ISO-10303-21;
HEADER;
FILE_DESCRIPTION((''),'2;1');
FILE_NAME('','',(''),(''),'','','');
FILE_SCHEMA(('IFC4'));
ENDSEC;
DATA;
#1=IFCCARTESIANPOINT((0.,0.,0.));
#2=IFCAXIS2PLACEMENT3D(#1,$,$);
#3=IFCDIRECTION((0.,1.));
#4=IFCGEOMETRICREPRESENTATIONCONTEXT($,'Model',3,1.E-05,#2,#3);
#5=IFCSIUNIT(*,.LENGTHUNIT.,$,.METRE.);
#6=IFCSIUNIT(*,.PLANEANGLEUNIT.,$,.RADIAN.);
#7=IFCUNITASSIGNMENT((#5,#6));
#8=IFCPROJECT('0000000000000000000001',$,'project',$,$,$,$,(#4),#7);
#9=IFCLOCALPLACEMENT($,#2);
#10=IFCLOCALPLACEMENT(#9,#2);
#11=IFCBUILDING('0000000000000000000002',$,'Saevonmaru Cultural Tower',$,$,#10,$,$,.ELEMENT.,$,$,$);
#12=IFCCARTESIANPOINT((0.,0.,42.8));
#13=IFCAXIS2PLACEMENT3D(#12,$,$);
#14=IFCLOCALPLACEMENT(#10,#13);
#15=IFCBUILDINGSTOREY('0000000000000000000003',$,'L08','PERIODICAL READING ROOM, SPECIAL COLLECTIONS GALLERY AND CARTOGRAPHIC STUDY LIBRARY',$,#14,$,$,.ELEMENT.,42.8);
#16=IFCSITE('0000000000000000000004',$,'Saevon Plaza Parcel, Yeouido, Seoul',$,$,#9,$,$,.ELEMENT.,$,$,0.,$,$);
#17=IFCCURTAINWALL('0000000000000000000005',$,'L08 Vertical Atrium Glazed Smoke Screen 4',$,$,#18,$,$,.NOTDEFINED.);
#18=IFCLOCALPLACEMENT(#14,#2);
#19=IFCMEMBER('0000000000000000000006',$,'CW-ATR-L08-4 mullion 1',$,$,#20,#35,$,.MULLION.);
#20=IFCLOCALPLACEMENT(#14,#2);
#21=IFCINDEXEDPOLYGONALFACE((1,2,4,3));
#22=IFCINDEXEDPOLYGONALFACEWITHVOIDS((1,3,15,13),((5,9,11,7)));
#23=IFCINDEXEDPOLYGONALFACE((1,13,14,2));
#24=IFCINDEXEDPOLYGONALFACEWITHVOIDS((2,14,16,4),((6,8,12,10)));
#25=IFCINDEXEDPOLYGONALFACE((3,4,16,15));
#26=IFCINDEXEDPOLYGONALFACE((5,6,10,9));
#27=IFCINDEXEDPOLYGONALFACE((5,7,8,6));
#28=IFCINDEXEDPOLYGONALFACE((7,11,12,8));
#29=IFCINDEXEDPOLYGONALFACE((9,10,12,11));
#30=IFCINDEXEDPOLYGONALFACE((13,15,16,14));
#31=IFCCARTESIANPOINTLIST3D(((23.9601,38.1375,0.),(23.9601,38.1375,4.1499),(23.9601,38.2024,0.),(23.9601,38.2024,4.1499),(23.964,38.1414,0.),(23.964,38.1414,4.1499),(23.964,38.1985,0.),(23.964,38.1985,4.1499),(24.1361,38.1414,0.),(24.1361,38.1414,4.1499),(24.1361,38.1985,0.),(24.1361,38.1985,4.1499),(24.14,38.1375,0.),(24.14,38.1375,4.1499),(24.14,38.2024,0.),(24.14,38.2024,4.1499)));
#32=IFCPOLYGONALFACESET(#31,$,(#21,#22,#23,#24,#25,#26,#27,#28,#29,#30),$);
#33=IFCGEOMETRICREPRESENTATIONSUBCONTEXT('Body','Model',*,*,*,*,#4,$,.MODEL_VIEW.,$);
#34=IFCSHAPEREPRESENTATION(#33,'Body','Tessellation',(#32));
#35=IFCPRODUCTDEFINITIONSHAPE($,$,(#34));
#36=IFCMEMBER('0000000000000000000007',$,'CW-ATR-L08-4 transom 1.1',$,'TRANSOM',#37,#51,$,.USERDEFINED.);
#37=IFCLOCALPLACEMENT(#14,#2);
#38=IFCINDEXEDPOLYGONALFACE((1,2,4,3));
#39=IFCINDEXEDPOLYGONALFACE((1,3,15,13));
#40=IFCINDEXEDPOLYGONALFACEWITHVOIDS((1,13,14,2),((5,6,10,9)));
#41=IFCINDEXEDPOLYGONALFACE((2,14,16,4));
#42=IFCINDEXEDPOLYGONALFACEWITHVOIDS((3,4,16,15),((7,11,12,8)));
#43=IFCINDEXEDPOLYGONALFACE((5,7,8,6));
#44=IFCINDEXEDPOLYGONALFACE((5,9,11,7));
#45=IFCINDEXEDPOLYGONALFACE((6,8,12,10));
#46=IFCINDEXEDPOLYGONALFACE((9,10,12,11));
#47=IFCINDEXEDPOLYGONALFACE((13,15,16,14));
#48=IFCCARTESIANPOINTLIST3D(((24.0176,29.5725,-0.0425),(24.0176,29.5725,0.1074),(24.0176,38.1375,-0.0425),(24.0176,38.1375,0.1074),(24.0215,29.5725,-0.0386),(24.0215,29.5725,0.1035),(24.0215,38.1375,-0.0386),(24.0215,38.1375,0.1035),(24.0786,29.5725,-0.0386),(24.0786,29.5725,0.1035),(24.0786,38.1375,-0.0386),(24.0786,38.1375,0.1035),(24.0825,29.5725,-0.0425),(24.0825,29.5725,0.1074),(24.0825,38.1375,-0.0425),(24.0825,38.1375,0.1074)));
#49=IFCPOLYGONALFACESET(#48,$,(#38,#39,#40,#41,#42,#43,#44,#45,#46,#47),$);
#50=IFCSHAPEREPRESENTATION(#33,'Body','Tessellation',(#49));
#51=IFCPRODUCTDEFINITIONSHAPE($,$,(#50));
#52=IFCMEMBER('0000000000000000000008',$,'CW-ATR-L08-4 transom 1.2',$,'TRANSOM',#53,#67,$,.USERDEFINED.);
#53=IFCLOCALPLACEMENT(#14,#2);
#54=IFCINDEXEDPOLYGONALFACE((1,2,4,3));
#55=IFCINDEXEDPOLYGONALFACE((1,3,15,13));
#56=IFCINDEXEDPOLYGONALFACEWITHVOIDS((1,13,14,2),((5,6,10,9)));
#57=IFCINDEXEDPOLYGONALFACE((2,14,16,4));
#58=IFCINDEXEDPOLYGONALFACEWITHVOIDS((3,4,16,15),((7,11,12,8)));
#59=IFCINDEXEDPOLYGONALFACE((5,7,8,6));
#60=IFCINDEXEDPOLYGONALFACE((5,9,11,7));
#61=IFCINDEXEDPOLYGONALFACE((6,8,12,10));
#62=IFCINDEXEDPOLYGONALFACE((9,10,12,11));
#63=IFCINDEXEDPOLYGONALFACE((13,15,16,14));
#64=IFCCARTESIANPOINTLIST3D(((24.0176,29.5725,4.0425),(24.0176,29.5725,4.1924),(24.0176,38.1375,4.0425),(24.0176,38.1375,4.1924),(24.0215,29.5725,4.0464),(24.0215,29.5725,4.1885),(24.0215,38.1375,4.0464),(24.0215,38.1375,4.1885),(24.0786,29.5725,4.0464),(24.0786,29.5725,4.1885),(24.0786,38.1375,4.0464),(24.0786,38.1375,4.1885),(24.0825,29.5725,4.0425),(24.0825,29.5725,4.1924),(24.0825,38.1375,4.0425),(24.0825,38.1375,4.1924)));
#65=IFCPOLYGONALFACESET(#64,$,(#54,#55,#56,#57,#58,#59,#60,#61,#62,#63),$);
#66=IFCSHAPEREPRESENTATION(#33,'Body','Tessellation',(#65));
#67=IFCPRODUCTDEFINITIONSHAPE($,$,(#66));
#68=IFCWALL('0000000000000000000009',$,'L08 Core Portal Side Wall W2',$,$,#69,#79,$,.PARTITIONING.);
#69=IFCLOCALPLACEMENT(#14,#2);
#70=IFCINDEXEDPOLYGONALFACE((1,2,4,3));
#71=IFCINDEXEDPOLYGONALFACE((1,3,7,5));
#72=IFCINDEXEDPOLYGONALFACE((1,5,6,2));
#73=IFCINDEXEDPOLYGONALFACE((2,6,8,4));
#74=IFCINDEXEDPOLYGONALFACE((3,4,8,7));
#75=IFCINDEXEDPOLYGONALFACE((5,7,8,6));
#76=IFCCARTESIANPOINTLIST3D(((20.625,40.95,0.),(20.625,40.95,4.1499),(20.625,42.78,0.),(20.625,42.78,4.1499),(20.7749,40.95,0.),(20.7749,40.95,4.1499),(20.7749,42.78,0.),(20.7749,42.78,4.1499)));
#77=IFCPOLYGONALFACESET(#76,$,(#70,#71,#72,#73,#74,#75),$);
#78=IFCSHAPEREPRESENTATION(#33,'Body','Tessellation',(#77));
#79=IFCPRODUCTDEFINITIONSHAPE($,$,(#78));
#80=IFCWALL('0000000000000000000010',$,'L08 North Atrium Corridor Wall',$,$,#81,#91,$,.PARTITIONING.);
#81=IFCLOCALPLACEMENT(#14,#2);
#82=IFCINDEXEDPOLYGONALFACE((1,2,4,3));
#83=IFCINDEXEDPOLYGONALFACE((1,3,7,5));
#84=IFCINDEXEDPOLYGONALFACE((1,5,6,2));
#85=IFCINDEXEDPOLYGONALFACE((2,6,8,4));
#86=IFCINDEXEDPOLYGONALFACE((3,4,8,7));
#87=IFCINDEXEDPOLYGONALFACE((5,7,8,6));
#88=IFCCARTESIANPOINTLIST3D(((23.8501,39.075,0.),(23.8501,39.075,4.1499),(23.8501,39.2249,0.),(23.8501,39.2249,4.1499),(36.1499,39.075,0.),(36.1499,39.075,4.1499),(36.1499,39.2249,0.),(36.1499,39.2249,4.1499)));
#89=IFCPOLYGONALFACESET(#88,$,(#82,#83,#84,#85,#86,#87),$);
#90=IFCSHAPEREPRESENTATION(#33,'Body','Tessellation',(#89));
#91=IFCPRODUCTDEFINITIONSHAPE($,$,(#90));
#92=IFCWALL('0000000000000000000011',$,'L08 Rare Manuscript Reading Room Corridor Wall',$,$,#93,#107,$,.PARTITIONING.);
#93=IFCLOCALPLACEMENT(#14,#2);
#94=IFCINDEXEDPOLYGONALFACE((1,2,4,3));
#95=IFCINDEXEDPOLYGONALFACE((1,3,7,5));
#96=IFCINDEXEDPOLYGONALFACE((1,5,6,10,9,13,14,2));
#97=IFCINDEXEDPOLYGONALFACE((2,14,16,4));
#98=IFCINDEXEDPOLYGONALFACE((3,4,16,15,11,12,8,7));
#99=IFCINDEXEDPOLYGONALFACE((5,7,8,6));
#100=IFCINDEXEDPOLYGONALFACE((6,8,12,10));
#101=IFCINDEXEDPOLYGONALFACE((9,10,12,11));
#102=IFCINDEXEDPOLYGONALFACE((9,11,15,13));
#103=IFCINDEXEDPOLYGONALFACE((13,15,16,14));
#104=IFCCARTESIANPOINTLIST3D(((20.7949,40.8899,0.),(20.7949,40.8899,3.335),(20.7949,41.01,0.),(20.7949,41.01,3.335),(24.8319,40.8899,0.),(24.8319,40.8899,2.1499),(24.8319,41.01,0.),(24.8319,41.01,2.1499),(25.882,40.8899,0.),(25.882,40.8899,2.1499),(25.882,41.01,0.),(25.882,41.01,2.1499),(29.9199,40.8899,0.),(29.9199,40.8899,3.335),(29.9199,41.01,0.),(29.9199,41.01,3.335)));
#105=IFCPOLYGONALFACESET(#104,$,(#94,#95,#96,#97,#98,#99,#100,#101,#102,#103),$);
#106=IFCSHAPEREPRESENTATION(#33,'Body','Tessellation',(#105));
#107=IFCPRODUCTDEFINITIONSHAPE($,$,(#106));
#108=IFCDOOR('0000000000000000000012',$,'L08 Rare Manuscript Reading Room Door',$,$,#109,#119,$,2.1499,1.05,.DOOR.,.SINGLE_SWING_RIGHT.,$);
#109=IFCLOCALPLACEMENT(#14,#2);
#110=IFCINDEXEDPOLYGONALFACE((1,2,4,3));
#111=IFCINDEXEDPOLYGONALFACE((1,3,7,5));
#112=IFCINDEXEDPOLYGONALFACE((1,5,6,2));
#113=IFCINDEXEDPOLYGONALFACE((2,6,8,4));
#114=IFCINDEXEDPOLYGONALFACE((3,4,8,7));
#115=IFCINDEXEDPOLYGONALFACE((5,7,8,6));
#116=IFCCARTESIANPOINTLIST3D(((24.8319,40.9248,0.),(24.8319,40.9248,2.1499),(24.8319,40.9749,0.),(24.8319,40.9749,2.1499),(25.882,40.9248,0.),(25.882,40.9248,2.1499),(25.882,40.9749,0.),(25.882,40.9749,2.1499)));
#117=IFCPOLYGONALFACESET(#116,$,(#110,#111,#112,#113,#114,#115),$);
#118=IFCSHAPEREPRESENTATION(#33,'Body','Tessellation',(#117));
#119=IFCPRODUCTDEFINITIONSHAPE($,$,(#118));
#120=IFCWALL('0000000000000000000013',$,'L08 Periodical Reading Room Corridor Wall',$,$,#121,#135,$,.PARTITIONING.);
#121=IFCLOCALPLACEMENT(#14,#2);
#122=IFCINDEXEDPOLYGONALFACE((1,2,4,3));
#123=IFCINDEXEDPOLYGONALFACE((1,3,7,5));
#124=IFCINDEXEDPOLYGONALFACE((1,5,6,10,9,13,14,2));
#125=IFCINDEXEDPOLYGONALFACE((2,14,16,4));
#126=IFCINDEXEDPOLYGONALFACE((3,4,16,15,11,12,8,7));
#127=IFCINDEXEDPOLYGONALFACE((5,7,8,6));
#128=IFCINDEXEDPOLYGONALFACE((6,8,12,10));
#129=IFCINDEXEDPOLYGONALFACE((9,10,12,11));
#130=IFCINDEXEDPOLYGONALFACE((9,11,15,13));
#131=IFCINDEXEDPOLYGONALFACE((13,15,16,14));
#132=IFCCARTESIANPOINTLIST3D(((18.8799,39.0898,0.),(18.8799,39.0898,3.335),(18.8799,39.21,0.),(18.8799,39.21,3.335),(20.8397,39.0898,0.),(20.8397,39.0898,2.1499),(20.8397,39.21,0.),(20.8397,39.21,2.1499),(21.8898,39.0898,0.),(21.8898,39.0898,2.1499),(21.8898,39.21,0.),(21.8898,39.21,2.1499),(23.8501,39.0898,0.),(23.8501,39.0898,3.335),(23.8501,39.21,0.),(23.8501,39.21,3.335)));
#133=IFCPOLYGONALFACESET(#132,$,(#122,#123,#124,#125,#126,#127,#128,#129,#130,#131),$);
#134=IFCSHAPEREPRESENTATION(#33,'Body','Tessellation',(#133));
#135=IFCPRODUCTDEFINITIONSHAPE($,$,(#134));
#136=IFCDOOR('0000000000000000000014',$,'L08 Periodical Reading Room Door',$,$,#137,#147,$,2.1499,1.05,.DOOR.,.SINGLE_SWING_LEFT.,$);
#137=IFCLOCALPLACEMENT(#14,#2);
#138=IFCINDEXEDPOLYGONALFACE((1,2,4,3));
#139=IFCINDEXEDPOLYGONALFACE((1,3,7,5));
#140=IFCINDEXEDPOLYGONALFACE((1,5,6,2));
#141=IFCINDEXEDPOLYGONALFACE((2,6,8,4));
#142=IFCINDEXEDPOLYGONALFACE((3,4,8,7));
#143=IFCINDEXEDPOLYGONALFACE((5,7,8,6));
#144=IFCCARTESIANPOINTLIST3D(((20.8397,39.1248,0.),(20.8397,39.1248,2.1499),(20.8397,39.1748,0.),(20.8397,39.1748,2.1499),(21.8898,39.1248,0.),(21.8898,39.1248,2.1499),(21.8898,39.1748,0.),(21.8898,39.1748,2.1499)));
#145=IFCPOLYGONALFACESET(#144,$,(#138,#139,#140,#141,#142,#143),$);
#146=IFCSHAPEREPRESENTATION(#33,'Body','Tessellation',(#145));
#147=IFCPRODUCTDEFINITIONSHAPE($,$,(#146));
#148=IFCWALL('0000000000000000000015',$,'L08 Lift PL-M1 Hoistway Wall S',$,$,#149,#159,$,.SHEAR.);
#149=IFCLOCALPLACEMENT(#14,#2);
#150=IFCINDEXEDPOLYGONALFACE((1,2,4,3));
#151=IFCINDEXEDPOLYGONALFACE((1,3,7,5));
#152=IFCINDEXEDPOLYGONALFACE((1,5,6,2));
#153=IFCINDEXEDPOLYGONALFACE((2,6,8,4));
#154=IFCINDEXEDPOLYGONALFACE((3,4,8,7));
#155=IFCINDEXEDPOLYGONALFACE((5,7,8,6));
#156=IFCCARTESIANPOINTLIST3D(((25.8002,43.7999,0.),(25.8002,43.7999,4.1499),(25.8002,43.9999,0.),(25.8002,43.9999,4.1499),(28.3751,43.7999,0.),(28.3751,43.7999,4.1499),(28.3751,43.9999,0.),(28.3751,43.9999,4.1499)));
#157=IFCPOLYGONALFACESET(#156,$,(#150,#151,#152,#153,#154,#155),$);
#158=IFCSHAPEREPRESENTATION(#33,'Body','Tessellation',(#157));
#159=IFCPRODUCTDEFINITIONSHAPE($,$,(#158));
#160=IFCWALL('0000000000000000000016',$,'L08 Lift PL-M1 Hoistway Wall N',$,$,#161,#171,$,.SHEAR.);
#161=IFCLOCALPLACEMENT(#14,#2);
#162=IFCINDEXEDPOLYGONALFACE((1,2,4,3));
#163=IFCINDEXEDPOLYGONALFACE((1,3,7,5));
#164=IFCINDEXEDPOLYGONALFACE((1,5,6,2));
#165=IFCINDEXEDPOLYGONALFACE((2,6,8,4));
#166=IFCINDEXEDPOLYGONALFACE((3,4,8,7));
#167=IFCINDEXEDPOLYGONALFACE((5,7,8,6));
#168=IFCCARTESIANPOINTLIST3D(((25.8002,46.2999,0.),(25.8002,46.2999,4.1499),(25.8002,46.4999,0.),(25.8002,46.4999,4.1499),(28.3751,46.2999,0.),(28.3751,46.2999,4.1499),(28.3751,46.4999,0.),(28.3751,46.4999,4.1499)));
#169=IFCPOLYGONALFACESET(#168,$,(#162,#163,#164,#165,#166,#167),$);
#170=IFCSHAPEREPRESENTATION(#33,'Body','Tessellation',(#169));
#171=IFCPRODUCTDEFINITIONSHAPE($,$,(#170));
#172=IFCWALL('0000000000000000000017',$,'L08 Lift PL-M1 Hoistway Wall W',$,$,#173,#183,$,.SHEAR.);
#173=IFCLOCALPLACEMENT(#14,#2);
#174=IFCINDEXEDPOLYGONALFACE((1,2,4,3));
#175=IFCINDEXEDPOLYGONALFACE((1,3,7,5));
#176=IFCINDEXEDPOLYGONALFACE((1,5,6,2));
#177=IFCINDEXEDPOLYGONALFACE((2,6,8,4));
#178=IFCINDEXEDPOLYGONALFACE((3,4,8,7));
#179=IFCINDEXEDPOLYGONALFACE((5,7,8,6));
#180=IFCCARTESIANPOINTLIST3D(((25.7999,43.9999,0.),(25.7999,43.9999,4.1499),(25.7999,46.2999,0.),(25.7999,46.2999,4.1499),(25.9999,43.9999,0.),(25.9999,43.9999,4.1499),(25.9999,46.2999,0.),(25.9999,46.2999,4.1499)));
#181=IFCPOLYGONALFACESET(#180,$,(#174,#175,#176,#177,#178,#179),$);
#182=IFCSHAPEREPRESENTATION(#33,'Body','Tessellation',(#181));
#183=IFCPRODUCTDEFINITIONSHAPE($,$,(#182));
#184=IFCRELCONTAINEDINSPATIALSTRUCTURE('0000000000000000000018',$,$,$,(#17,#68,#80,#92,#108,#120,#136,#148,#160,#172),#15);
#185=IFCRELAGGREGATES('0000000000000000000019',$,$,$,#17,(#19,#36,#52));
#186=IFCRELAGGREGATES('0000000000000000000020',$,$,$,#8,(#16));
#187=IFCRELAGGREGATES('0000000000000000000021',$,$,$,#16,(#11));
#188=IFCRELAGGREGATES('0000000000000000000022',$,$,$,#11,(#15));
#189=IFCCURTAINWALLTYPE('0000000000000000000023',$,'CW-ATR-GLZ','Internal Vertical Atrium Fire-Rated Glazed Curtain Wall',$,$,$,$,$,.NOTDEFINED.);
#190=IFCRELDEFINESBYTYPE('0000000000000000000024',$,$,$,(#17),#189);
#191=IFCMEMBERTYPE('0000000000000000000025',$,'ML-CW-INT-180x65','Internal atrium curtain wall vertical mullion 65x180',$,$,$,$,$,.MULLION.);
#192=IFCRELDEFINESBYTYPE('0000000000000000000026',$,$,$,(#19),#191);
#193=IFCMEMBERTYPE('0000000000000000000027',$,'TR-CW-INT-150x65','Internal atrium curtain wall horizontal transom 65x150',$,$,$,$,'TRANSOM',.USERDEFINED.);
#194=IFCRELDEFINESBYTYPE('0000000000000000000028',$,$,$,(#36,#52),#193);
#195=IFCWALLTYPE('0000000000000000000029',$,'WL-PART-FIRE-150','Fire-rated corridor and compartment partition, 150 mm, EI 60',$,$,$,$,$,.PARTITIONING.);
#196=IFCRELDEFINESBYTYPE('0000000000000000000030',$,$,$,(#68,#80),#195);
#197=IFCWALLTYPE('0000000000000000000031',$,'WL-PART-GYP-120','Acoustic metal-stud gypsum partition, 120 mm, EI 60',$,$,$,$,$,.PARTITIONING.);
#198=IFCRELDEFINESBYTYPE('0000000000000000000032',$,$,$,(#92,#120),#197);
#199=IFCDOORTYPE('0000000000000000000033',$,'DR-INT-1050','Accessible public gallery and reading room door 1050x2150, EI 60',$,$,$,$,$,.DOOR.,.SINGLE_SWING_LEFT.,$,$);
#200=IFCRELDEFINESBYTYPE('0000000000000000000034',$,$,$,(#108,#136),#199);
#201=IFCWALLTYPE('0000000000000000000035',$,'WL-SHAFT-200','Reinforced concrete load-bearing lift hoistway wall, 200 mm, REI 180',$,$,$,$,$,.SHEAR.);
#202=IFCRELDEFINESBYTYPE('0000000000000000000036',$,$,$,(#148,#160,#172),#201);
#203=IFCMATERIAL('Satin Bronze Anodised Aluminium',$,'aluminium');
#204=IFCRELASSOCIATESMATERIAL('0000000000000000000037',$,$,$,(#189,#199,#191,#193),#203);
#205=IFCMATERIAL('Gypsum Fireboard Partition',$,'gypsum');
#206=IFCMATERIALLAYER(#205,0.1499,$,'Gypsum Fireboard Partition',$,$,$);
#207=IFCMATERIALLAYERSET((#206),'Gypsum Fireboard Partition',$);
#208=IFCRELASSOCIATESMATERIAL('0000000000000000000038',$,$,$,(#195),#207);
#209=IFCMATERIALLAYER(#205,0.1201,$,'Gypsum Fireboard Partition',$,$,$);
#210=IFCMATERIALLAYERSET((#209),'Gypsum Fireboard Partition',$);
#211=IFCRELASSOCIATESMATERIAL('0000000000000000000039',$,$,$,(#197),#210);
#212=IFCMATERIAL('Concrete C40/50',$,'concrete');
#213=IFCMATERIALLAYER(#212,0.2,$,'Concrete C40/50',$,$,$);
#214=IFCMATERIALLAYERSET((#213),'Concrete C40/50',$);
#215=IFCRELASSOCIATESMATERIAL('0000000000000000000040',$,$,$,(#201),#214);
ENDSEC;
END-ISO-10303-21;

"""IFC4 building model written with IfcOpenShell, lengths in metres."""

from ifc_helpers import new_model, si_unit, direction, frame, frame_2d, origin, origin_2d, place, context, subcontext, project, spatial, rectangle, hollow_rectangle, extrude, material, layer, layer_set, material_profile, profile_set, type_object, element, fill, aggregate, save


model = new_model("IFC4")

# Units and contexts
model_context = context("Model", 3, precision=1e-05, world=origin(), true_north=direction((0.0, 1.0)))
body_context = subcontext(model_context, "Body", "Model", "MODEL_VIEW")
ifc_project = project(units=[si_unit("LENGTHUNIT", "METRE"), si_unit("PLANEANGLEUNIT", "RADIAN")], contexts=[model_context])

# Site, building, storey
site_placement = place(None, origin())
site = spatial("IfcSite", under=ifc_project, at=site_placement, Name="Saevon Plaza Parcel, Yeouido, Seoul", CompositionType="ELEMENT", RefElevation=0.0)
building_placement = place(site_placement, origin())
building = spatial("IfcBuilding", under=site, at=building_placement, Name="Saevonmaru Cultural Tower", CompositionType="ELEMENT")
storey_placement = place(building_placement, frame((0.0, 0.0, 42.8)))
storey = spatial("IfcBuildingStorey", under=building, at=storey_placement, Name="L08", Description="PERIODICAL READING ROOM, SPECIAL COLLECTIONS GALLERY AND CARTOGRAPHIC STUDY LIBRARY", CompositionType="ELEMENT", Elevation=42.8)

# Shared definitions
ifc_material_1 = material(Name="Satin Bronze Anodised Aluminium", Category="aluminium")
curtain_wall_type = type_object("IfcCurtainWallType", Name="CW-ATR-GLZ", Description="Internal Vertical Atrium Fire-Rated Glazed Curtain Wall", PredefinedType="NOTDEFINED", material=ifc_material_1)
ifc_material_profile_1 = material_profile(ifc_material_1, hollow_rectangle(XDim=0.0649, YDim=0.1799, WallThickness=0.0039, at=origin_2d()), Name="ALU-MULL-180x65x4")
ifc_profile_set_1 = profile_set([ifc_material_profile_1], Name="Satin Bronze Anodised Aluminium")
member_type_1 = type_object("IfcMemberType", Name="ML-CW-INT-180x65", Description="Internal atrium curtain wall vertical mullion 65x180", PredefinedType="MULLION", material=ifc_profile_set_1)

# Curtain wall, members
curtain_wall_1_placement = place(storey_placement, origin())
curtain_wall_1 = element("IfcCurtainWall", 1, at=curtain_wall_1_placement, inside=storey, type_object=curtain_wall_type, Name="L08 Vertical Atrium Glazed Smoke Screen 4", PredefinedType="NOTDEFINED")
member_1_placement = place(storey_placement, frame((24.05, 38.1699, 0.0), z_axis=(0.0, 0.0, 1.0), x_axis=(0.0, -1.0, 0.0)))
member_1 = element("IfcMember", 2, at=member_1_placement, type_object=member_type_1, Name="CW-ATR-L08-4 mullion 1", PredefinedType="MULLION", context=body_context, shape_type="SweptSolid", body=[
    extrude(hollow_rectangle(XDim=0.0649, YDim=0.1799, WallThickness=0.0039, at=origin_2d()), origin(), (0.0, 0.0, 1.0), 4.1499),
])
ifc_material_profile_2 = material_profile(ifc_material_1, hollow_rectangle(XDim=0.0649, YDim=0.1499, WallThickness=0.0039, at=origin_2d()), Name="ALU-TRAN-150x65x4")
ifc_profile_set_2 = profile_set([ifc_material_profile_2], Name="Satin Bronze Anodised Aluminium")
member_type_2 = type_object("IfcMemberType", Name="TR-CW-INT-150x65", Description="Internal atrium curtain wall horizontal transom 65x150", ElementType="TRANSOM", PredefinedType="USERDEFINED", material=ifc_profile_set_2)
member_2_placement = place(storey_placement, frame((24.05, 38.1375, 0.0325), z_axis=(0.0, -1.0, 0.0), x_axis=(1.0, 0.0, 0.0)))
member_2 = element("IfcMember", 3, at=member_2_placement, type_object=member_type_2, Name="CW-ATR-L08-4 transom 1.1", ObjectType="TRANSOM", PredefinedType="USERDEFINED", context=body_context, shape_type="SweptSolid", body=[
    extrude(hollow_rectangle(XDim=0.0649, YDim=0.1499, WallThickness=0.0039, at=origin_2d()), origin(), (0.0, 0.0, 1.0), 8.5649),
])
member_3_placement = place(storey_placement, frame((24.05, 38.1375, 4.1174), z_axis=(0.0, -1.0, 0.0), x_axis=(1.0, 0.0, 0.0)))
member_3 = element("IfcMember", 4, at=member_3_placement, type_object=member_type_2, Name="CW-ATR-L08-4 transom 1.2", ObjectType="TRANSOM", PredefinedType="USERDEFINED", context=body_context, shape_type="SweptSolid", body=[
    extrude(hollow_rectangle(XDim=0.0649, YDim=0.1499, WallThickness=0.0039, at=origin_2d()), origin(), (0.0, 0.0, 1.0), 8.5649),
])
aggregate(curtain_wall_1, [member_1, member_2, member_3])

# Shared definitions
ifc_material_2 = material(Name="Gypsum Fireboard Partition", Category="gypsum")

# Walls
ifc_layer_1 = layer(ifc_material_2, 0.1499, Name="Gypsum Fireboard Partition")
ifc_layer_set_1 = layer_set([ifc_layer_1], Name="Gypsum Fireboard Partition")
wall_type_1 = type_object("IfcWallType", Name="WL-PART-FIRE-150", Description="Fire-rated corridor and compartment partition, 150 mm, EI 60", PredefinedType="PARTITIONING", material=ifc_layer_set_1)
wall_1_placement = place(storey_placement, frame((20.7, 40.95, 0.0), z_axis=(0.0, 0.0, 1.0), x_axis=(0.0, 1.0, 0.0)))
element("IfcWall", 5, at=wall_1_placement, inside=storey, type_object=wall_type_1, Name="L08 Core Portal Side Wall W2", PredefinedType="PARTITIONING", context=body_context, shape_type="SweptSolid", body=[
    extrude(rectangle(XDim=1.8301, YDim=0.1499, at=frame_2d((0.915, 0.0))), origin(), (0.0, 0.0, 1.0), 4.1499),
])
wall_2_placement = place(storey_placement, frame((23.8501, 39.1499, 0.0), z_axis=(0.0, 0.0, 1.0), x_axis=(1.0, 0.0, 0.0)))
element("IfcWall", 6, at=wall_2_placement, inside=storey, type_object=wall_type_1, Name="L08 North Atrium Corridor Wall", PredefinedType="PARTITIONING", context=body_context, shape_type="SweptSolid", body=[
    extrude(rectangle(XDim=12.2998, YDim=0.1499, at=frame_2d((6.1499, 0.0))), origin(), (0.0, 0.0, 1.0), 4.1499),
])

# Walls, openings, doors
ifc_layer_2 = layer(ifc_material_2, 0.1201, Name="Gypsum Fireboard Partition")
ifc_layer_set_2 = layer_set([ifc_layer_2], Name="Gypsum Fireboard Partition")
wall_type_2 = type_object("IfcWallType", Name="WL-PART-GYP-120", Description="Acoustic metal-stud gypsum partition, 120 mm, EI 60", PredefinedType="PARTITIONING", material=ifc_layer_set_2)
wall_3_placement = place(storey_placement, frame((20.7949, 40.95, 0.0), z_axis=(0.0, 0.0, 1.0), x_axis=(1.0, 0.0, 0.0)))
wall_3 = element("IfcWall", 7, at=wall_3_placement, inside=storey, type_object=wall_type_2, Name="L08 Rare Manuscript Reading Room Corridor Wall", PredefinedType="PARTITIONING", context=body_context, shape_type="SweptSolid", body=[
    extrude(rectangle(XDim=9.125, YDim=0.1201, at=frame_2d((4.5625, 0.0))), origin(), (0.0, 0.0, 1.0), 3.335),
])
opening_1_placement = place(wall_3_placement, frame((4.0371, 0.0, 0.0)))
opening_1 = element("IfcOpeningElement", 8, at=opening_1_placement, cuts=wall_3, PredefinedType="OPENING", context=body_context, shape_type="SweptSolid", body=[
    extrude(rectangle(XDim=1.05, YDim=2.1499, at=frame_2d((0.5249, 1.075))), frame((0.0, 0.0701, 0.0), z_axis=(0.0, -1.0, 0.0), x_axis=(1.0, 0.0, 0.0)), (0.0, 0.0, 1.0), 0.1401),
])
door_type_1 = type_object("IfcDoorType", Name="DR-INT-1050", Description="Accessible public gallery and reading room door 1050x2150, EI 60", OperationType="SINGLE_SWING_LEFT", PredefinedType="DOOR", material=ifc_material_1)
door_1_placement = place(opening_1_placement, origin())
door_1 = element("IfcDoor", 9, at=door_1_placement, inside=storey, type_object=door_type_1, Name="L08 Rare Manuscript Reading Room Door", OperationType="SINGLE_SWING_RIGHT", OverallHeight=2.1499, OverallWidth=1.05, PredefinedType="DOOR", context=body_context, shape_type="SweptSolid", body=[
    extrude(rectangle(XDim=1.05, YDim=2.1499, at=frame_2d((0.5249, 1.075))), frame((0.0, 0.0249, 0.0), z_axis=(0.0, -1.0, 0.0), x_axis=(1.0, 0.0, 0.0)), (0.0, 0.0, 1.0), 0.05),
])
fill(opening_1, door_1)
wall_4_placement = place(storey_placement, frame((18.8799, 39.1499, 0.0), z_axis=(0.0, 0.0, 1.0), x_axis=(1.0, 0.0, 0.0)))
wall_4 = element("IfcWall", 10, at=wall_4_placement, inside=storey, type_object=wall_type_2, Name="L08 Periodical Reading Room Corridor Wall", PredefinedType="PARTITIONING", context=body_context, shape_type="SweptSolid", body=[
    extrude(rectangle(XDim=4.9702, YDim=0.1201, at=frame_2d((2.4851, 0.0))), origin(), (0.0, 0.0, 1.0), 3.335),
])
opening_2_placement = place(wall_4_placement, frame((1.96, 0.0, 0.0)))
opening_2 = element("IfcOpeningElement", 11, at=opening_2_placement, cuts=wall_4, PredefinedType="OPENING", context=body_context, shape_type="SweptSolid", body=[
    extrude(rectangle(XDim=1.05, YDim=2.1499, at=frame_2d((0.5249, 1.075))), frame((0.0, 0.0701, 0.0), z_axis=(0.0, -1.0, 0.0), x_axis=(1.0, 0.0, 0.0)), (0.0, 0.0, 1.0), 0.1401),
])
door_2_placement = place(opening_2_placement, origin())
door_2 = element("IfcDoor", 12, at=door_2_placement, inside=storey, type_object=door_type_1, Name="L08 Periodical Reading Room Door", OperationType="SINGLE_SWING_LEFT", OverallHeight=2.1499, OverallWidth=1.05, PredefinedType="DOOR", context=body_context, shape_type="SweptSolid", body=[
    extrude(rectangle(XDim=1.05, YDim=2.1499, at=frame_2d((0.5249, 1.075))), frame((0.0, 0.0249, 0.0), z_axis=(0.0, -1.0, 0.0), x_axis=(1.0, 0.0, 0.0)), (0.0, 0.0, 1.0), 0.05),
])
fill(opening_2, door_2)

# Walls
ifc_material_3 = material(Name="Concrete C40/50", Category="concrete")
ifc_layer_3 = layer(ifc_material_3, 0.2, Name="Concrete C40/50")
ifc_layer_set_3 = layer_set([ifc_layer_3], Name="Concrete C40/50")
wall_type_3 = type_object("IfcWallType", Name="WL-SHAFT-200", Description="Reinforced concrete load-bearing lift hoistway wall, 200 mm, REI 180", PredefinedType="SHEAR", material=ifc_layer_set_3)
for number, where, z_axis, x_axis, name in (
    (13, (25.8, 43.8999, 0.0), (0.0, 0.0, 1.0), (1.0, 0.0, 0.0), "L08 Lift PL-M1 Hoistway Wall S"),
    (14, (25.8, 46.3999, 0.0), (0.0, 0.0, 1.0), (1.0, 0.0, 0.0), "L08 Lift PL-M1 Hoistway Wall N"),
):
    element("IfcWall", number, at=place(storey_placement, frame(where, z_axis=z_axis, x_axis=x_axis)), inside=storey, type_object=wall_type_3, Name=name, PredefinedType="SHEAR", context=body_context, shape_type="SweptSolid", body=[
        extrude(rectangle(XDim=2.575, YDim=0.2, at=frame_2d((1.2876, 0.0))), origin(), (0.0, 0.0, 1.0), 4.1499),
    ])
wall_5_placement = place(storey_placement, frame((25.8999, 44.0, 0.0), z_axis=(0.0, 0.0, 1.0), x_axis=(0.0, 1.0, 0.0)))
element("IfcWall", 15, at=wall_5_placement, inside=storey, type_object=wall_type_3, Name="L08 Lift PL-M1 Hoistway Wall W", PredefinedType="SHEAR", context=body_context, shape_type="SweptSolid", body=[
    extrude(rectangle(XDim=2.3, YDim=0.2, at=frame_2d((1.1499, 0.0))), origin(), (0.0, 0.0, 1.0), 4.1499),
])

save(model, "model.ifc")
